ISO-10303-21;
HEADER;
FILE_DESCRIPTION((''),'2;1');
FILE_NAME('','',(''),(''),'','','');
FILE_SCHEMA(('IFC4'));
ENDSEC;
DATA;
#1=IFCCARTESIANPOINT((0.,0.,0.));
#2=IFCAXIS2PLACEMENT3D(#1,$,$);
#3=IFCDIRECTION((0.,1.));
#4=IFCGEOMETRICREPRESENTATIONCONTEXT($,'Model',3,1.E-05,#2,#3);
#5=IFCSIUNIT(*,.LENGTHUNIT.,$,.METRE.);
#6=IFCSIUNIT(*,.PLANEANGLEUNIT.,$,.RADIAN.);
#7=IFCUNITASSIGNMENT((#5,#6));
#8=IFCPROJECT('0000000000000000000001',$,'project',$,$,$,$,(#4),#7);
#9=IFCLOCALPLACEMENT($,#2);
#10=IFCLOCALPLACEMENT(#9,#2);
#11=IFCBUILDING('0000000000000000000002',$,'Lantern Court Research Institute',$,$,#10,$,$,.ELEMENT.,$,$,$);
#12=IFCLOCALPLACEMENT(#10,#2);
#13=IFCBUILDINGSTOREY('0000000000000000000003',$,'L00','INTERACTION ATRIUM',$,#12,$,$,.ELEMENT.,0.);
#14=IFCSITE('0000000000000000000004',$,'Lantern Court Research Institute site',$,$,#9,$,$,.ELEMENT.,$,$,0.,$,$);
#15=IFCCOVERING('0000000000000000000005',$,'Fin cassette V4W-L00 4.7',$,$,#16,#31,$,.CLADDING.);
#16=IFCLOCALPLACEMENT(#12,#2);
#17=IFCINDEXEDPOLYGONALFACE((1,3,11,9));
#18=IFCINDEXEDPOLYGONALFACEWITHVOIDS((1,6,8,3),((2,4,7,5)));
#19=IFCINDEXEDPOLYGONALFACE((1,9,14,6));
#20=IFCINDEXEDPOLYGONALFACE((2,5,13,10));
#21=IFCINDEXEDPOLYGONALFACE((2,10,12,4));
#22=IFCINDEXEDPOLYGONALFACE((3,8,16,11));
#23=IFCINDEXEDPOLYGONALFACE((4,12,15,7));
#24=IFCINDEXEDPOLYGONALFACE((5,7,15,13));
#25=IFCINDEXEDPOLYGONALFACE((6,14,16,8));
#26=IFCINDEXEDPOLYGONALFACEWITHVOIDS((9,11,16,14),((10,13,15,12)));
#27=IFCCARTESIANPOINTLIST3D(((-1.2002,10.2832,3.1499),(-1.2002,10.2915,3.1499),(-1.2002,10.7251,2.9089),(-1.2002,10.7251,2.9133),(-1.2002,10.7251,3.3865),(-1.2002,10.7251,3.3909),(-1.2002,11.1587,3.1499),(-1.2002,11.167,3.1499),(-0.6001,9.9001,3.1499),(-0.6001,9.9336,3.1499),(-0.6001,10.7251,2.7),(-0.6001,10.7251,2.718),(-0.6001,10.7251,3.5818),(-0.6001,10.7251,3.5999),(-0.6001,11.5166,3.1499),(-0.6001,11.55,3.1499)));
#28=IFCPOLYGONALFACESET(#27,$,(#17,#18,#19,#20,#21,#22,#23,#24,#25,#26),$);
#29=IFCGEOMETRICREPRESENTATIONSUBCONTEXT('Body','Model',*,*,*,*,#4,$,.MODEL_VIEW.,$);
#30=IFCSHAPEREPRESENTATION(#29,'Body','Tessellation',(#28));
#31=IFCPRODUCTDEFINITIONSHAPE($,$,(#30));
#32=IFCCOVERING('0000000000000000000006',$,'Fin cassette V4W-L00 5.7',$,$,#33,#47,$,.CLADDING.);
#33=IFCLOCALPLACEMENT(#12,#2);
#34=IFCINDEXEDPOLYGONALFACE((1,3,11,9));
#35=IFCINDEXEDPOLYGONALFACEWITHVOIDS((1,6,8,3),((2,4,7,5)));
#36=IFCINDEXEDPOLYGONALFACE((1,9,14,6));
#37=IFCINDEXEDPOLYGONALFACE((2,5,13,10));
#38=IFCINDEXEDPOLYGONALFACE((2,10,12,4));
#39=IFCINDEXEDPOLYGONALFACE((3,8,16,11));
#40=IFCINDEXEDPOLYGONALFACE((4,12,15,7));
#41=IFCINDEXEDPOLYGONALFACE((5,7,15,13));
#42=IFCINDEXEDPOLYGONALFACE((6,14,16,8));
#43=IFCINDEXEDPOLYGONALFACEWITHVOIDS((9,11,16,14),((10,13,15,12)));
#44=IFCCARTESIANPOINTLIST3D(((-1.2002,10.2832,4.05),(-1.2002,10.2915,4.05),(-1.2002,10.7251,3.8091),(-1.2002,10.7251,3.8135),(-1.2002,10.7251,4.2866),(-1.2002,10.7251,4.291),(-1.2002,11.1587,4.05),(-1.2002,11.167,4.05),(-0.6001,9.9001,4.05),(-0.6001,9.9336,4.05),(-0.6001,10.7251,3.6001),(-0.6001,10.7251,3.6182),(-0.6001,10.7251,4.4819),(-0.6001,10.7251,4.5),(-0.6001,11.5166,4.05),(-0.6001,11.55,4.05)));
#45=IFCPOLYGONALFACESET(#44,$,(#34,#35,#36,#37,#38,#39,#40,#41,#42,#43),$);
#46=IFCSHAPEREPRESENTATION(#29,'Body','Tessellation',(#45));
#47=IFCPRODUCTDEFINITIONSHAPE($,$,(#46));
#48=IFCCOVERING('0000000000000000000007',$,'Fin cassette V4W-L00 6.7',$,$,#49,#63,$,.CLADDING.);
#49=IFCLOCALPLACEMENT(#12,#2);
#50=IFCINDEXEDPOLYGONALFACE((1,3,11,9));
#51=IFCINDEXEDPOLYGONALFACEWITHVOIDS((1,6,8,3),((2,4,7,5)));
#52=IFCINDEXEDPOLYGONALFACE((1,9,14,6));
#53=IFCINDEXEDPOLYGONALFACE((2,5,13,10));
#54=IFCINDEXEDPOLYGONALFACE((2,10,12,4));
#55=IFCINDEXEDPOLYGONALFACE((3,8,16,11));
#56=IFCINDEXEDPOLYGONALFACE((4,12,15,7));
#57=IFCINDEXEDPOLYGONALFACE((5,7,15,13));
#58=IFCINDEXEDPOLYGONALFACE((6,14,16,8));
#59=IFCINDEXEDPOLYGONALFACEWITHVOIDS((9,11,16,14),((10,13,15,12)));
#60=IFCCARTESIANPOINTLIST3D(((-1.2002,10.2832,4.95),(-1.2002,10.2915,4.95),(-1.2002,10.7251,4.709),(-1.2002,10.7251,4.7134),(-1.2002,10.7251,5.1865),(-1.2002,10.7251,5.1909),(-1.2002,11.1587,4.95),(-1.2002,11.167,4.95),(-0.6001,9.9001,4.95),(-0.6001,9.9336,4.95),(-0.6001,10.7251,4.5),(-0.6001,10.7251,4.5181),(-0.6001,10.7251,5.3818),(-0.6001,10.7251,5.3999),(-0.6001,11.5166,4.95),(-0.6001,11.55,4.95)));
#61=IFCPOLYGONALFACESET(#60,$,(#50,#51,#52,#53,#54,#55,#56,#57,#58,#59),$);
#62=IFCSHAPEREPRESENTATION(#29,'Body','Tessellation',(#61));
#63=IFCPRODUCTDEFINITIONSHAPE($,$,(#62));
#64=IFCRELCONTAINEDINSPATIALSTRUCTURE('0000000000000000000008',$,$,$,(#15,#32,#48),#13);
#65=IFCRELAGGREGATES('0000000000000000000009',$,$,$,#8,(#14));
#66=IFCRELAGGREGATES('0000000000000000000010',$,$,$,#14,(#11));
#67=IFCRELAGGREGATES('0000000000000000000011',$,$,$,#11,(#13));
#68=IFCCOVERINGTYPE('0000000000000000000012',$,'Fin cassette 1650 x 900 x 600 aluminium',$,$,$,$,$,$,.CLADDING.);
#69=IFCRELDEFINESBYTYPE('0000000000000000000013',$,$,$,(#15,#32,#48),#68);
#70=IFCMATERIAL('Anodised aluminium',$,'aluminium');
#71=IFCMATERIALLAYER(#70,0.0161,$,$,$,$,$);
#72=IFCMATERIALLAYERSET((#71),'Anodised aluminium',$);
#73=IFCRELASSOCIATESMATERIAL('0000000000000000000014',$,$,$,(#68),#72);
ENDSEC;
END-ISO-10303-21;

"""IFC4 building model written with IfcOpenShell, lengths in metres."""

from ifc_helpers import new_model, entity, si_unit, direction, frame, origin, place, context, subcontext, project, spatial, material, layer, layer_set, type_object, element, save


model = new_model("IFC4")

# Units and contexts
model_context = context("Model", 3, precision=1e-05, world=origin(), true_north=direction((0.0, 1.0)))
body_context = subcontext(model_context, "Body", "Model", "MODEL_VIEW")
ifc_project = project(units=[si_unit("LENGTHUNIT", "METRE"), si_unit("PLANEANGLEUNIT", "RADIAN")], contexts=[model_context])

# Site, building, storey
site_placement = place(None, origin())
site = spatial("IfcSite", under=ifc_project, at=site_placement, Name="Lantern Court Research Institute site", CompositionType="ELEMENT", RefElevation=0.0)
building_placement = place(site_placement, origin())
building = spatial("IfcBuilding", under=site, at=building_placement, Name="Lantern Court Research Institute", CompositionType="ELEMENT")
storey_placement = place(building_placement, origin())
storey = spatial("IfcBuildingStorey", under=building, at=storey_placement, Name="L00", Description="INTERACTION ATRIUM", CompositionType="ELEMENT", Elevation=0.0)

# Coverings
ifc_material_1 = material(Name="Anodised aluminium", Category="aluminium")
ifc_layer_1 = layer(ifc_material_1, 0.0161)
ifc_layer_set_1 = layer_set([ifc_layer_1], Name="Anodised aluminium")
covering_type = type_object("IfcCoveringType", Name="Fin cassette 1650 x 900 x 600 aluminium", PredefinedType="CLADDING", material=ifc_layer_set_1)
covering_1_placement = place(storey_placement, frame((-0.6001, 10.7251, 3.1499), z_axis=(-1.0, 0.0, 0.0), x_axis=(0.0, -1.0, 0.0)))
cartesian_point_1 = entity("IfcCartesianPoint", [0.825, 0.0])
cartesian_point_2 = entity("IfcCartesianPoint", [0.7915, 0.0])
cartesian_point_3 = entity("IfcCartesianPoint", [0.4419, 0.0])
cartesian_point_4 = entity("IfcCartesianPoint", [0.4336, 0.0])
element("IfcCovering", 1, at=covering_1_placement, inside=storey, type_object=covering_type, Name="Fin cassette V4W-L00 4.7", PredefinedType="CLADDING", context=body_context, shape_type="SweptSolid", body=[
    entity("IfcExtrudedAreaSolidTapered", entity("IfcArbitraryProfileDefWithVoids", "AREA", None, entity("IfcPolyline", [cartesian_point_1, entity("IfcCartesianPoint", [0.0, 0.45]), entity("IfcCartesianPoint", [-0.825, 0.0]), entity("IfcCartesianPoint", [0.0, -0.45]), cartesian_point_1]), [entity("IfcPolyline", [cartesian_point_2, entity("IfcCartesianPoint", [0.0, 0.4319]), entity("IfcCartesianPoint", [-0.7915, 0.0]), entity("IfcCartesianPoint", [0.0, -0.4319]), cartesian_point_2])]), entity("IfcAxis2Placement3D", entity("IfcCartesianPoint", [0.0, 0.0, 0.0])), entity("IfcDirection", [0.0, 0.0, 1.0]), 0.6001, entity("IfcArbitraryProfileDefWithVoids", "AREA", None, entity("IfcPolyline", [cartesian_point_3, entity("IfcCartesianPoint", [0.0, 0.241]), entity("IfcCartesianPoint", [-0.4419, 0.0]), entity("IfcCartesianPoint", [0.0, -0.241]), cartesian_point_3]), [entity("IfcPolyline", [cartesian_point_4, entity("IfcCartesianPoint", [0.0, 0.2366]), entity("IfcCartesianPoint", [-0.4336, 0.0]), entity("IfcCartesianPoint", [0.0, -0.2366]), cartesian_point_4])])),
])
covering_2_placement = place(storey_placement, frame((-0.6001, 10.7251, 4.05), z_axis=(-1.0, 0.0, 0.0), x_axis=(0.0, -1.0, 0.0)))
cartesian_point_5 = entity("IfcCartesianPoint", [0.825, 0.0])
cartesian_point_6 = entity("IfcCartesianPoint", [0.7915, 0.0])
cartesian_point_7 = entity("IfcCartesianPoint", [0.4419, 0.0])
cartesian_point_8 = entity("IfcCartesianPoint", [0.4336, 0.0])
element("IfcCovering", 2, at=covering_2_placement, inside=storey, type_object=covering_type, Name="Fin cassette V4W-L00 5.7", PredefinedType="CLADDING", context=body_context, shape_type="SweptSolid", body=[
    entity("IfcExtrudedAreaSolidTapered", entity("IfcArbitraryProfileDefWithVoids", "AREA", None, entity("IfcPolyline", [cartesian_point_5, entity("IfcCartesianPoint", [0.0, 0.45]), entity("IfcCartesianPoint", [-0.825, 0.0]), entity("IfcCartesianPoint", [0.0, -0.45]), cartesian_point_5]), [entity("IfcPolyline", [cartesian_point_6, entity("IfcCartesianPoint", [0.0, 0.4319]), entity("IfcCartesianPoint", [-0.7915, 0.0]), entity("IfcCartesianPoint", [0.0, -0.4319]), cartesian_point_6])]), entity("IfcAxis2Placement3D", entity("IfcCartesianPoint", [0.0, 0.0, 0.0])), entity("IfcDirection", [0.0, 0.0, 1.0]), 0.6001, entity("IfcArbitraryProfileDefWithVoids", "AREA", None, entity("IfcPolyline", [cartesian_point_7, entity("IfcCartesianPoint", [0.0, 0.241]), entity("IfcCartesianPoint", [-0.4419, 0.0]), entity("IfcCartesianPoint", [0.0, -0.241]), cartesian_point_7]), [entity("IfcPolyline", [cartesian_point_8, entity("IfcCartesianPoint", [0.0, 0.2366]), entity("IfcCartesianPoint", [-0.4336, 0.0]), entity("IfcCartesianPoint", [0.0, -0.2366]), cartesian_point_8])])),
])
covering_3_placement = place(storey_placement, frame((-0.6001, 10.7251, 4.95), z_axis=(-1.0, 0.0, 0.0), x_axis=(0.0, -1.0, 0.0)))
cartesian_point_9 = entity("IfcCartesianPoint", [0.825, 0.0])
cartesian_point_10 = entity("IfcCartesianPoint", [0.7915, 0.0])
cartesian_point_11 = entity("IfcCartesianPoint", [0.4419, 0.0])
cartesian_point_12 = entity("IfcCartesianPoint", [0.4336, 0.0])
element("IfcCovering", 3, at=covering_3_placement, inside=storey, type_object=covering_type, Name="Fin cassette V4W-L00 6.7", PredefinedType="CLADDING", context=body_context, shape_type="SweptSolid", body=[
    entity("IfcExtrudedAreaSolidTapered", entity("IfcArbitraryProfileDefWithVoids", "AREA", None, entity("IfcPolyline", [cartesian_point_9, entity("IfcCartesianPoint", [0.0, 0.45]), entity("IfcCartesianPoint", [-0.825, 0.0]), entity("IfcCartesianPoint", [0.0, -0.45]), cartesian_point_9]), [entity("IfcPolyline", [cartesian_point_10, entity("IfcCartesianPoint", [0.0, 0.4319]), entity("IfcCartesianPoint", [-0.7915, 0.0]), entity("IfcCartesianPoint", [0.0, -0.4319]), cartesian_point_10])]), entity("IfcAxis2Placement3D", entity("IfcCartesianPoint", [0.0, 0.0, 0.0])), entity("IfcDirection", [0.0, 0.0, 1.0]), 0.6001, entity("IfcArbitraryProfileDefWithVoids", "AREA", None, entity("IfcPolyline", [cartesian_point_11, entity("IfcCartesianPoint", [0.0, 0.241]), entity("IfcCartesianPoint", [-0.4419, 0.0]), entity("IfcCartesianPoint", [0.0, -0.241]), cartesian_point_11]), [entity("IfcPolyline", [cartesian_point_12, entity("IfcCartesianPoint", [0.0, 0.2366]), entity("IfcCartesianPoint", [-0.4336, 0.0]), entity("IfcCartesianPoint", [0.0, -0.2366]), cartesian_point_12])])),
])

save(model, "model.ifc")
